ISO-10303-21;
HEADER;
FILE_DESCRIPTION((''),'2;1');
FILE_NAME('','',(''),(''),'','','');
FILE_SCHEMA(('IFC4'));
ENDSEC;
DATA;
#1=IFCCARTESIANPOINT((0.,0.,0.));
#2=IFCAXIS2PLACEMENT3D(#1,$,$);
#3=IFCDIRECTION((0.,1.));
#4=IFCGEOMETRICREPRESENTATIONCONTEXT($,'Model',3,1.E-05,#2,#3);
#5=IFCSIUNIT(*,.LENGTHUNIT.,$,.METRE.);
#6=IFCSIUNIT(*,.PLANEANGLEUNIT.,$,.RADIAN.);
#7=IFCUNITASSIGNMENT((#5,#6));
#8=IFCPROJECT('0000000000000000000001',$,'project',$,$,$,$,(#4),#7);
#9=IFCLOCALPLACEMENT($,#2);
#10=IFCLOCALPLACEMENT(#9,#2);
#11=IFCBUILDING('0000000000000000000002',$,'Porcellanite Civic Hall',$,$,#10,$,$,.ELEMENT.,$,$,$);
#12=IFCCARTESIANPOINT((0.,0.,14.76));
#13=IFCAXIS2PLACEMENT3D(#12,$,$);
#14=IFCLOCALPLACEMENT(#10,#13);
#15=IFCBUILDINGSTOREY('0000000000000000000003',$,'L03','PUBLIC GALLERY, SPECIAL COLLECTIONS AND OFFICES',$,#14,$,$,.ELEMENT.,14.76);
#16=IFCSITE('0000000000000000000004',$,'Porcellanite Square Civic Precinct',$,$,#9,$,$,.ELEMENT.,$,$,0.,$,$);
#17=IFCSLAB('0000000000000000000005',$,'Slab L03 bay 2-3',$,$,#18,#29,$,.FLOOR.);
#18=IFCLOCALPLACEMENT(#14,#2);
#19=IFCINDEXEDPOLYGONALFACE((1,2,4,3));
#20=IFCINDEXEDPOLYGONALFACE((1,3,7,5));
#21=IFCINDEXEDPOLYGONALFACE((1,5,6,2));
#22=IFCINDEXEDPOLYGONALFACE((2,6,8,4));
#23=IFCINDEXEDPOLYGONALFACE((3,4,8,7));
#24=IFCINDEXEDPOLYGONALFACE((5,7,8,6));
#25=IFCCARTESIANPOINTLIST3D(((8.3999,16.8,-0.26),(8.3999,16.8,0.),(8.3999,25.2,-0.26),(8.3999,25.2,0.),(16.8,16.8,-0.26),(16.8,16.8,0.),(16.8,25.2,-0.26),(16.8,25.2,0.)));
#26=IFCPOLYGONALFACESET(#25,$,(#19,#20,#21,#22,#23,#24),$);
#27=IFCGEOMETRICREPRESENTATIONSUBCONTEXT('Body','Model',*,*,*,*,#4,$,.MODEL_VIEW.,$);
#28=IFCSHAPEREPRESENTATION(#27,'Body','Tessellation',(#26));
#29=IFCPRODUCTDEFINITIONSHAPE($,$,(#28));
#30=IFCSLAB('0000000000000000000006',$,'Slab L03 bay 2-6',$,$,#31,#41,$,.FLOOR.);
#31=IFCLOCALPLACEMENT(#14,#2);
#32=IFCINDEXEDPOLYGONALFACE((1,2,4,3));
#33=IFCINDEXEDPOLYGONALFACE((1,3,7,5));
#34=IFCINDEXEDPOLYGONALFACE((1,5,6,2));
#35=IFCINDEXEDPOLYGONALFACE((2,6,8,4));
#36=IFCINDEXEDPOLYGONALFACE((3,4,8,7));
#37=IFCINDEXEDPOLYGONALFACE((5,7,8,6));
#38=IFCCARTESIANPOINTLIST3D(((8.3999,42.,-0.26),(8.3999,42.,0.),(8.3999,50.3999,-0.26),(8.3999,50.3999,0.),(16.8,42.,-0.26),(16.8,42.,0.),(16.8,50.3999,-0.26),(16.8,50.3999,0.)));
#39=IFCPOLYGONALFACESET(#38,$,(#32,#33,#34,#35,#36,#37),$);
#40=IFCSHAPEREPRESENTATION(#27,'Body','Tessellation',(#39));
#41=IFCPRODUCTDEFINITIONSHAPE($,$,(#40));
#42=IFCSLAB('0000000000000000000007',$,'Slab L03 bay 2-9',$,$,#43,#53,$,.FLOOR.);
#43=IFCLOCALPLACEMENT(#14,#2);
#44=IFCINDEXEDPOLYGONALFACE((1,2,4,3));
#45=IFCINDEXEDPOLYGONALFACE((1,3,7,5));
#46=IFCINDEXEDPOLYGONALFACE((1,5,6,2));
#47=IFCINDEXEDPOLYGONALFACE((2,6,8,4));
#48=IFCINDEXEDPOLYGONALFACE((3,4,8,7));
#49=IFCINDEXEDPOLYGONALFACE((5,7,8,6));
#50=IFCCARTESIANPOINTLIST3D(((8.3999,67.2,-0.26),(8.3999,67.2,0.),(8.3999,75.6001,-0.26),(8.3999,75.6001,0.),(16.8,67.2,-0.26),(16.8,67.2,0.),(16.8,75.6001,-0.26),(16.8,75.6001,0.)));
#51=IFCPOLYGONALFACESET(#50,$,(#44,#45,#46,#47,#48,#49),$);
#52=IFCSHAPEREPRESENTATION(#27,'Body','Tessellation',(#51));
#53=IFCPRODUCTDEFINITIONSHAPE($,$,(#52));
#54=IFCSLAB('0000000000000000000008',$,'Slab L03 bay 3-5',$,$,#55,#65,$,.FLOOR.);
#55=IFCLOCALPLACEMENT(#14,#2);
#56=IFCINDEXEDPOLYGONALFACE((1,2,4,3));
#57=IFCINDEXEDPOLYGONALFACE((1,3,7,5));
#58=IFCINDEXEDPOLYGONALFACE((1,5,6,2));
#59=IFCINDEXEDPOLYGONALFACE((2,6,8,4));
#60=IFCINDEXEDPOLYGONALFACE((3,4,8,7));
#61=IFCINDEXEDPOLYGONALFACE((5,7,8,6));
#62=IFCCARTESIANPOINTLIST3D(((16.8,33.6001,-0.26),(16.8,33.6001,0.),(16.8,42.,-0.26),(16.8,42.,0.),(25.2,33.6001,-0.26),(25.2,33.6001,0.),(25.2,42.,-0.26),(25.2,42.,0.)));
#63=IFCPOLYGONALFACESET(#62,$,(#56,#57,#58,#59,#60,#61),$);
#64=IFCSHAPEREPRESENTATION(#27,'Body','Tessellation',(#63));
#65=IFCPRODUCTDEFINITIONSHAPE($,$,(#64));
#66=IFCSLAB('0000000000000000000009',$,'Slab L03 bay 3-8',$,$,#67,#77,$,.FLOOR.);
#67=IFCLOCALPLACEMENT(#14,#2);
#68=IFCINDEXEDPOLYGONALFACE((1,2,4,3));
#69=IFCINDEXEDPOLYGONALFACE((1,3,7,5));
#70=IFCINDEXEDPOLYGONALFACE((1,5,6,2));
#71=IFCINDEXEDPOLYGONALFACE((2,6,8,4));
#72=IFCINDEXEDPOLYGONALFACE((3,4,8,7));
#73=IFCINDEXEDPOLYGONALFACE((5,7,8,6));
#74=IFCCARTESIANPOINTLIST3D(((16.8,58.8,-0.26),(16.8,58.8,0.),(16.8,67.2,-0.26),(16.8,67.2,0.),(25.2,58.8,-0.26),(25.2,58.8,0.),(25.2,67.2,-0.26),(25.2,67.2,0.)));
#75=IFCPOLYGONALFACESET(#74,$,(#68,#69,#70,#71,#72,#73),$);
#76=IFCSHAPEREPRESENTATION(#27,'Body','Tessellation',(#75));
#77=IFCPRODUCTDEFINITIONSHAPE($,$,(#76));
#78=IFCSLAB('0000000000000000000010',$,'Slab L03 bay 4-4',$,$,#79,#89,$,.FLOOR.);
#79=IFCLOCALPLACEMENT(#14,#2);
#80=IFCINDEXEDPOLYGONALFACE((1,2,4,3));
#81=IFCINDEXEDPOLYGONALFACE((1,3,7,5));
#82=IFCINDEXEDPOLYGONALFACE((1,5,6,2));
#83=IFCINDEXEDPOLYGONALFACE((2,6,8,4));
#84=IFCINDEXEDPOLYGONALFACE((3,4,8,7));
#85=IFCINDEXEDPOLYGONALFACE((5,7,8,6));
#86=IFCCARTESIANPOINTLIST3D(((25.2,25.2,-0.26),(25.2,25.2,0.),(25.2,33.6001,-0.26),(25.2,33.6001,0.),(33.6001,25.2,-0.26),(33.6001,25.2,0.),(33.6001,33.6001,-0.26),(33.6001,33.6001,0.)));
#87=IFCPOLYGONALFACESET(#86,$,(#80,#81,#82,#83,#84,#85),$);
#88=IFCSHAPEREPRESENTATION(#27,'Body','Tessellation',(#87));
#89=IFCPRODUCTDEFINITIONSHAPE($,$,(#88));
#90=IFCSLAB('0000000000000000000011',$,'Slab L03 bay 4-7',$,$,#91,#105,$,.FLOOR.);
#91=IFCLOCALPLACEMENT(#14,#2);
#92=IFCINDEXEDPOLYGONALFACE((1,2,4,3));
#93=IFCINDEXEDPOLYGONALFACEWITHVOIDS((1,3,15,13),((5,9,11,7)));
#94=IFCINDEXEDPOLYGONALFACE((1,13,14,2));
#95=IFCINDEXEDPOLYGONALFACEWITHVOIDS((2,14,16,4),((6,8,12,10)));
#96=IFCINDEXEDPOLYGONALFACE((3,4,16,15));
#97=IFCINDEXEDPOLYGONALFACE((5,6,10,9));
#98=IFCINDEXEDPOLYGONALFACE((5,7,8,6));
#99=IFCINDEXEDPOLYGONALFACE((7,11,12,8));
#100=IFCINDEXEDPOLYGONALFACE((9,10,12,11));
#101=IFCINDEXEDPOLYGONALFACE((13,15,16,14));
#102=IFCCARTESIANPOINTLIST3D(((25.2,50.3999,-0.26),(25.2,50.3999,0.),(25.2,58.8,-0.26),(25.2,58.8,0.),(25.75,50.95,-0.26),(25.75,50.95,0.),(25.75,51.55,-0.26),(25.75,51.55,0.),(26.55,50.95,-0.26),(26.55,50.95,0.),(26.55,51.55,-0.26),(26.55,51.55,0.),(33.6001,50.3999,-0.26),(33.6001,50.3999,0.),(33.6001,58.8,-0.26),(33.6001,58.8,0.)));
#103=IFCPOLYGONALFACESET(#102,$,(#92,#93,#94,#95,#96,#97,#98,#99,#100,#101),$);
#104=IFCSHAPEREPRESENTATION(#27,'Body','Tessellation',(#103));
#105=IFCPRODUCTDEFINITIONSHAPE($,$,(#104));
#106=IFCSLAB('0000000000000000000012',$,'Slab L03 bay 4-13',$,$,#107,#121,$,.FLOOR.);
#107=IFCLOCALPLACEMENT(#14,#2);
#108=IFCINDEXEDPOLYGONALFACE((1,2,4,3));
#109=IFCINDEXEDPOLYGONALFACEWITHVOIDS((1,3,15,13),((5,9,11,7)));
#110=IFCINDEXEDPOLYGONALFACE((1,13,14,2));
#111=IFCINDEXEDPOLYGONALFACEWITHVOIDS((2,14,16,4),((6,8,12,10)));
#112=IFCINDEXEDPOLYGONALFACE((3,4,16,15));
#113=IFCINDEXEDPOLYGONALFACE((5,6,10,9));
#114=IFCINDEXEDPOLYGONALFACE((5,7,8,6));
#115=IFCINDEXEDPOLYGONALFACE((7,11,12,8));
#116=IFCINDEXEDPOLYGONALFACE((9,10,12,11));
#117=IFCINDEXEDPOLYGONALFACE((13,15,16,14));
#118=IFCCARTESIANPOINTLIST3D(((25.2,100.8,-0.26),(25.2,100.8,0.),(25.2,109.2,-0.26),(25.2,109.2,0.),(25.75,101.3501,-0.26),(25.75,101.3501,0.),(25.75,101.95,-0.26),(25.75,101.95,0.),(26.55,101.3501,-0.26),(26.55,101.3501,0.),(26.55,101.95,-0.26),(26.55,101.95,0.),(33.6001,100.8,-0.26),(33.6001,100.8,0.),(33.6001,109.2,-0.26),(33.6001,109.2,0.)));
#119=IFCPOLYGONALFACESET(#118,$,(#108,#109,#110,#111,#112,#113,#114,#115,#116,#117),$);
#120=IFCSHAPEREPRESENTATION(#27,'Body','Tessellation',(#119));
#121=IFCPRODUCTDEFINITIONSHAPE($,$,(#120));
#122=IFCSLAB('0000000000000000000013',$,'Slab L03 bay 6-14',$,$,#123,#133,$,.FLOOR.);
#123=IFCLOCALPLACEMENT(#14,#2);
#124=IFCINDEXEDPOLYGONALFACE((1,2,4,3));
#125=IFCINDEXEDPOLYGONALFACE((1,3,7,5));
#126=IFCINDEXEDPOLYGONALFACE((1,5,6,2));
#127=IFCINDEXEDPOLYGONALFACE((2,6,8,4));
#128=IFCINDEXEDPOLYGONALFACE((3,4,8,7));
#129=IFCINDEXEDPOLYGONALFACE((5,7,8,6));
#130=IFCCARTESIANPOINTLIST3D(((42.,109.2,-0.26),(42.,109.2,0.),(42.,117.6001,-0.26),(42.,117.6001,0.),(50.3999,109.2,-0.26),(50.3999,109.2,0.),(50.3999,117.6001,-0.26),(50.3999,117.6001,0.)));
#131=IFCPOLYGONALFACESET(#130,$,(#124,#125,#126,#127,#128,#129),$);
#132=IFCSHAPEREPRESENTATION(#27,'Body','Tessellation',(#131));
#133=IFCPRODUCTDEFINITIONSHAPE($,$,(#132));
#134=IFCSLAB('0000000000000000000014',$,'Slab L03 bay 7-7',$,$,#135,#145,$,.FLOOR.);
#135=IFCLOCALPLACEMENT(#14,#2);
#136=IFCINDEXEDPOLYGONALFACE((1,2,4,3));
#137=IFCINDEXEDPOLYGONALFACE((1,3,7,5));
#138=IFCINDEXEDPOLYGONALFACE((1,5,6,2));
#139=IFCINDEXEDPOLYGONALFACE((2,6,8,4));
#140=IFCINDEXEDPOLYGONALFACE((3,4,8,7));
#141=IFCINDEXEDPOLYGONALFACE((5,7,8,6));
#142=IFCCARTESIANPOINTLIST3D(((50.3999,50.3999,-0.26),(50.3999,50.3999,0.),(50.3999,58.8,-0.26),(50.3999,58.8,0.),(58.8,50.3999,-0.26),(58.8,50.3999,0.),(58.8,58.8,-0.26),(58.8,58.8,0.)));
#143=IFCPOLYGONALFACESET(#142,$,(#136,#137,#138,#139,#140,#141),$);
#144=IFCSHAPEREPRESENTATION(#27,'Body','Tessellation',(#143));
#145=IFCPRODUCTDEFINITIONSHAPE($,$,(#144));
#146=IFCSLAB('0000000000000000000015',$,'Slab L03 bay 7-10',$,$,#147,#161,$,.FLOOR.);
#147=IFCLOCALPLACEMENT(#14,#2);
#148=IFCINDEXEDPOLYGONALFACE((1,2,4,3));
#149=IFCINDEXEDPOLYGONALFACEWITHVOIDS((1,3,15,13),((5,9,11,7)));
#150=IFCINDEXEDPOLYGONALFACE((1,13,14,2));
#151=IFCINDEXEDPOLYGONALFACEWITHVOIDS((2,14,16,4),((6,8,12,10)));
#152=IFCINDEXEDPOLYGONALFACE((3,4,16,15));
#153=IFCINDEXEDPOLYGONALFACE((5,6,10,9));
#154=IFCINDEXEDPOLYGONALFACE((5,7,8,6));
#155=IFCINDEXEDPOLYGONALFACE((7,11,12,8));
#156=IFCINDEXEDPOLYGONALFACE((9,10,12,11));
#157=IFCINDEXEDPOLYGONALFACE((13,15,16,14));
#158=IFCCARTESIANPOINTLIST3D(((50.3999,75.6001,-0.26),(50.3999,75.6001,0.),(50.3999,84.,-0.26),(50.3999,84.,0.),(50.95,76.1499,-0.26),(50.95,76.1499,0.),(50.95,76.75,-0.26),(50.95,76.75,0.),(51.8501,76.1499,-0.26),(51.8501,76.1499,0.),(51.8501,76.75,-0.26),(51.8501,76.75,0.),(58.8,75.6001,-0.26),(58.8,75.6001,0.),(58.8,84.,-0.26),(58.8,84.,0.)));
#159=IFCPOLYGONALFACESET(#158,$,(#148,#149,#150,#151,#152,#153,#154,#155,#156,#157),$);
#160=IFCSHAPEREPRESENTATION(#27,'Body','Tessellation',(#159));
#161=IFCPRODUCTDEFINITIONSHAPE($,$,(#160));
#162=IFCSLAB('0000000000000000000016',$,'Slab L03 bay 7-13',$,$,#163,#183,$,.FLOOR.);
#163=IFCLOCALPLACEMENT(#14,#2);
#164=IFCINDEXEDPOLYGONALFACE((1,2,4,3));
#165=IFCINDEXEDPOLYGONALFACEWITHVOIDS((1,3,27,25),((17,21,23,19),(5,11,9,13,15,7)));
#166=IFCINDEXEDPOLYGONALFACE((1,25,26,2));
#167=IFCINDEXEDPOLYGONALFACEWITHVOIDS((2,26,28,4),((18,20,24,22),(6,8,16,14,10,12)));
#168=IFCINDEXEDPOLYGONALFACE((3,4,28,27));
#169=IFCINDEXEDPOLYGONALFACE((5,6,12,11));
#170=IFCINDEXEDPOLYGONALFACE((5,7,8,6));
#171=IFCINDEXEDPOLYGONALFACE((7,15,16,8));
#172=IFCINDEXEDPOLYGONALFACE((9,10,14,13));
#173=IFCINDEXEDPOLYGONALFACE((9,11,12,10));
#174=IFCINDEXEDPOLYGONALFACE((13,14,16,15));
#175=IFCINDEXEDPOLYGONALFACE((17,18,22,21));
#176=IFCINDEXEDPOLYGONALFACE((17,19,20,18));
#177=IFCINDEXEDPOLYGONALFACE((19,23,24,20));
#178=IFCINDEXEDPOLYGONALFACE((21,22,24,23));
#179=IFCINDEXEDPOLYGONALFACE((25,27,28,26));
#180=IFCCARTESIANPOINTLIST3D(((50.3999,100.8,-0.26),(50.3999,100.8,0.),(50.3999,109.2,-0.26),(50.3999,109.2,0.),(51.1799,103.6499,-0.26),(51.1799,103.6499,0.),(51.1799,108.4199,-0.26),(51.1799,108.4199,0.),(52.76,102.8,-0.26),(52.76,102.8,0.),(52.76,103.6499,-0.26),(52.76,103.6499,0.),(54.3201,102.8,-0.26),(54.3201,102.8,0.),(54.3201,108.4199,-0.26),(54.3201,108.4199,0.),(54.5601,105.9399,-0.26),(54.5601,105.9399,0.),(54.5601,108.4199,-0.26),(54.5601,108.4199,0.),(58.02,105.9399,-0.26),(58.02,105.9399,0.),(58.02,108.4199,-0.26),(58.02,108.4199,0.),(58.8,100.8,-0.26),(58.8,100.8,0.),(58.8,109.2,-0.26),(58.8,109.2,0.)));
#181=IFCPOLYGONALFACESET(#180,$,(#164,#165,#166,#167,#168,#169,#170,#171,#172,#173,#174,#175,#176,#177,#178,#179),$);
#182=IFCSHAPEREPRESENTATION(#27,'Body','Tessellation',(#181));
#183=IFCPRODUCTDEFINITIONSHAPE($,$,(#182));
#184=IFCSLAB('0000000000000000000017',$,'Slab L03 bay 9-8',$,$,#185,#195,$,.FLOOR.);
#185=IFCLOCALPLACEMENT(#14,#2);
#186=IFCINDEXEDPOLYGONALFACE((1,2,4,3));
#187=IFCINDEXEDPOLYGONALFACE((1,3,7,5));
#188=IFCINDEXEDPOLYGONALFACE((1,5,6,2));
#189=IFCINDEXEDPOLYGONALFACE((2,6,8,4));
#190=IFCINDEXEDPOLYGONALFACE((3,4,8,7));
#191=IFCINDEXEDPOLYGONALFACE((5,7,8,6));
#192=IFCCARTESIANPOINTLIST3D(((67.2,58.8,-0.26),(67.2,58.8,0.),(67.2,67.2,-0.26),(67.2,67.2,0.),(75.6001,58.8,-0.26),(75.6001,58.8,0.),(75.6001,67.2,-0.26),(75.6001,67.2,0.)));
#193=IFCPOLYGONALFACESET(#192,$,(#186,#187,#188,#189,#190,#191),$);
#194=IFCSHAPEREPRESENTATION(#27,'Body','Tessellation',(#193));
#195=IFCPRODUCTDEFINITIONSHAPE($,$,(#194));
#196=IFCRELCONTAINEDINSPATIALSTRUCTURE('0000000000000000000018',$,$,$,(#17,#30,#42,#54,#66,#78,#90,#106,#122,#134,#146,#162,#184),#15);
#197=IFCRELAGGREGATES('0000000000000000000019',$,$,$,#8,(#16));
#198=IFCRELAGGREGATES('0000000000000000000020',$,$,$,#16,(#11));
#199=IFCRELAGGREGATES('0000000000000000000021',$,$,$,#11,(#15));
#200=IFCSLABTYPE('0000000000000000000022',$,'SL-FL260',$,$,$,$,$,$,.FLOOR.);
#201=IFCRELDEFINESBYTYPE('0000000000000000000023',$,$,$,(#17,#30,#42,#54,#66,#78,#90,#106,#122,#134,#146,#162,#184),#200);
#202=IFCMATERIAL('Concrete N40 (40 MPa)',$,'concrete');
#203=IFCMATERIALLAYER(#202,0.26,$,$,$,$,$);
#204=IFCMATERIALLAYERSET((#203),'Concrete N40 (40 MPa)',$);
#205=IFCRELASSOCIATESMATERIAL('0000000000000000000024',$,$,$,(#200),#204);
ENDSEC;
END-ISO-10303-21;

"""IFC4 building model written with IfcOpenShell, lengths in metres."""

from ifc_helpers import new_model, si_unit, direction, frame, origin, place, context, subcontext, project, spatial, polyline, outline, extrude, material, layer, layer_set, type_object, element, save


model = new_model("IFC4")

# Units and contexts
model_context = context("Model", 3, precision=1e-05, world=origin(), true_north=direction((0.0, 1.0)))
body_context = subcontext(model_context, "Body", "Model", "MODEL_VIEW")
ifc_project = project(units=[si_unit("LENGTHUNIT", "METRE"), si_unit("PLANEANGLEUNIT", "RADIAN")], contexts=[model_context])

# Site, building, storey
site_placement = place(None, origin())
site = spatial("IfcSite", under=ifc_project, at=site_placement, Name="Porcellanite Square Civic Precinct", CompositionType="ELEMENT", RefElevation=0.0)
building_placement = place(site_placement, origin())
building = spatial("IfcBuilding", under=site, at=building_placement, Name="Porcellanite Civic Hall", CompositionType="ELEMENT")
storey_placement = place(building_placement, frame((0.0, 0.0, 14.76)))
storey = spatial("IfcBuildingStorey", under=building, at=storey_placement, Name="L03", Description="PUBLIC GALLERY, SPECIAL COLLECTIONS AND OFFICES", CompositionType="ELEMENT", Elevation=14.76)

# Slabs
ifc_material = material(Name="Concrete N40 (40 MPa)", Category="concrete")
ifc_layer = layer(ifc_material, 0.26)
ifc_layer_set = layer_set([ifc_layer], Name="Concrete N40 (40 MPa)")
slab_type = type_object("IfcSlabType", Name="SL-FL260", PredefinedType="FLOOR", material=ifc_layer_set)
slab_1_placement = place(storey_placement, frame((0.0, 0.0, -0.26)))
element("IfcSlab", 1, at=slab_1_placement, inside=storey, type_object=slab_type, Name="Slab L03 bay 2-3", PredefinedType="FLOOR", context=body_context, shape_type="SweptSolid", body=[
    extrude(outline(polyline([(8.3999, 16.8), (16.8, 16.8), (16.8, 25.2), (8.3999, 25.2), (8.3999, 16.8)])), origin(), (0.0, 0.0, 1.0), 0.26),
])
slab_2_placement = place(storey_placement, frame((0.0, 0.0, -0.26)))
element("IfcSlab", 2, at=slab_2_placement, inside=storey, type_object=slab_type, Name="Slab L03 bay 2-6", PredefinedType="FLOOR", context=body_context, shape_type="SweptSolid", body=[
    extrude(outline(polyline([(8.3999, 42.0), (16.8, 42.0), (16.8, 50.3999), (8.3999, 50.3999), (8.3999, 42.0)])), origin(), (0.0, 0.0, 1.0), 0.26),
])
slab_3_placement = place(storey_placement, frame((0.0, 0.0, -0.26)))
element("IfcSlab", 3, at=slab_3_placement, inside=storey, type_object=slab_type, Name="Slab L03 bay 2-9", PredefinedType="FLOOR", context=body_context, shape_type="SweptSolid", body=[
    extrude(outline(polyline([(8.3999, 67.2), (16.8, 67.2), (16.8, 75.6001), (8.3999, 75.6001), (8.3999, 67.2)])), origin(), (0.0, 0.0, 1.0), 0.26),
])
slab_4_placement = place(storey_placement, frame((0.0, 0.0, -0.26)))
element("IfcSlab", 4, at=slab_4_placement, inside=storey, type_object=slab_type, Name="Slab L03 bay 3-5", PredefinedType="FLOOR", context=body_context, shape_type="SweptSolid", body=[
    extrude(outline(polyline([(16.8, 33.6001), (25.2, 33.6001), (25.2, 42.0), (16.8, 42.0), (16.8, 33.6001)])), origin(), (0.0, 0.0, 1.0), 0.26),
])
slab_5_placement = place(storey_placement, frame((0.0, 0.0, -0.26)))
element("IfcSlab", 5, at=slab_5_placement, inside=storey, type_object=slab_type, Name="Slab L03 bay 3-8", PredefinedType="FLOOR", context=body_context, shape_type="SweptSolid", body=[
    extrude(outline(polyline([(16.8, 58.8), (25.2, 58.8), (25.2, 67.2), (16.8, 67.2), (16.8, 58.8)])), origin(), (0.0, 0.0, 1.0), 0.26),
])
slab_6_placement = place(storey_placement, frame((0.0, 0.0, -0.26)))
element("IfcSlab", 6, at=slab_6_placement, inside=storey, type_object=slab_type, Name="Slab L03 bay 4-4", PredefinedType="FLOOR", context=body_context, shape_type="SweptSolid", body=[
    extrude(outline(polyline([(25.2, 25.2), (33.6001, 25.2), (33.6001, 33.6001), (25.2, 33.6001), (25.2, 25.2)])), origin(), (0.0, 0.0, 1.0), 0.26),
])
slab_7_placement = place(storey_placement, frame((0.0, 0.0, -0.26)))
element("IfcSlab", 7, at=slab_7_placement, inside=storey, type_object=slab_type, Name="Slab L03 bay 4-7", PredefinedType="FLOOR", context=body_context, shape_type="SweptSolid", body=[
    extrude(outline(polyline([(25.2, 50.3999), (33.6001, 50.3999), (33.6001, 58.8), (25.2, 58.8), (25.2, 50.3999)]), holes=[polyline([(25.75, 50.95), (26.55, 50.95), (26.55, 51.55), (25.75, 51.55), (25.75, 50.95)])]), origin(), (0.0, 0.0, 1.0), 0.26),
])
slab_8_placement = place(storey_placement, frame((0.0, 0.0, -0.26)))
element("IfcSlab", 8, at=slab_8_placement, inside=storey, type_object=slab_type, Name="Slab L03 bay 4-13", PredefinedType="FLOOR", context=body_context, shape_type="SweptSolid", body=[
    extrude(outline(polyline([(25.2, 100.8), (33.6001, 100.8), (33.6001, 109.2), (25.2, 109.2), (25.2, 100.8)]), holes=[polyline([(25.75, 101.3501), (26.55, 101.3501), (26.55, 101.95), (25.75, 101.95), (25.75, 101.3501)])]), origin(), (0.0, 0.0, 1.0), 0.26),
])
slab_9_placement = place(storey_placement, frame((0.0, 0.0, -0.26)))
element("IfcSlab", 9, at=slab_9_placement, inside=storey, type_object=slab_type, Name="Slab L03 bay 6-14", PredefinedType="FLOOR", context=body_context, shape_type="SweptSolid", body=[
    extrude(outline(polyline([(42.0, 109.2), (50.3999, 109.2), (50.3999, 117.6001), (42.0, 117.6001), (42.0, 109.2)])), origin(), (0.0, 0.0, 1.0), 0.26),
])
slab_10_placement = place(storey_placement, frame((0.0, 0.0, -0.26)))
element("IfcSlab", 10, at=slab_10_placement, inside=storey, type_object=slab_type, Name="Slab L03 bay 7-7", PredefinedType="FLOOR", context=body_context, shape_type="SweptSolid", body=[
    extrude(outline(polyline([(50.3999, 50.3999), (58.8, 50.3999), (58.8, 58.8), (50.3999, 58.8), (50.3999, 50.3999)])), origin(), (0.0, 0.0, 1.0), 0.26),
])
slab_11_placement = place(storey_placement, frame((0.0, 0.0, -0.26)))
element("IfcSlab", 11, at=slab_11_placement, inside=storey, type_object=slab_type, Name="Slab L03 bay 7-10", PredefinedType="FLOOR", context=body_context, shape_type="SweptSolid", body=[
    extrude(outline(polyline([(50.3999, 75.6001), (58.8, 75.6001), (58.8, 84.0), (50.3999, 84.0), (50.3999, 75.6001)]), holes=[polyline([(50.95, 76.1499), (51.8501, 76.1499), (51.8501, 76.75), (50.95, 76.75), (50.95, 76.1499)])]), origin(), (0.0, 0.0, 1.0), 0.26),
])
slab_12_placement = place(storey_placement, frame((0.0, 0.0, -0.26)))
element("IfcSlab", 12, at=slab_12_placement, inside=storey, type_object=slab_type, Name="Slab L03 bay 7-13", PredefinedType="FLOOR", context=body_context, shape_type="SweptSolid", body=[
    extrude(outline(polyline([(50.3999, 100.8), (58.8, 100.8), (58.8, 109.2), (50.3999, 109.2), (50.3999, 100.8)]), holes=[polyline([(51.1799, 103.6499), (52.76, 103.6499), (52.76, 102.8), (54.3201, 102.8), (54.3201, 108.4199), (51.1799, 108.4199), (51.1799, 103.6499)]), polyline([(54.5601, 105.9399), (58.02, 105.9399), (58.02, 108.4199), (54.5601, 108.4199), (54.5601, 105.9399)])]), origin(), (0.0, 0.0, 1.0), 0.26),
])
slab_13_placement = place(storey_placement, frame((0.0, 0.0, -0.26)))
element("IfcSlab", 13, at=slab_13_placement, inside=storey, type_object=slab_type, Name="Slab L03 bay 9-8", PredefinedType="FLOOR", context=body_context, shape_type="SweptSolid", body=[
    extrude(outline(polyline([(67.2, 58.8), (75.6001, 58.8), (75.6001, 67.2), (67.2, 67.2), (67.2, 58.8)])), origin(), (0.0, 0.0, 1.0), 0.26),
])

save(model, "model.ifc")
